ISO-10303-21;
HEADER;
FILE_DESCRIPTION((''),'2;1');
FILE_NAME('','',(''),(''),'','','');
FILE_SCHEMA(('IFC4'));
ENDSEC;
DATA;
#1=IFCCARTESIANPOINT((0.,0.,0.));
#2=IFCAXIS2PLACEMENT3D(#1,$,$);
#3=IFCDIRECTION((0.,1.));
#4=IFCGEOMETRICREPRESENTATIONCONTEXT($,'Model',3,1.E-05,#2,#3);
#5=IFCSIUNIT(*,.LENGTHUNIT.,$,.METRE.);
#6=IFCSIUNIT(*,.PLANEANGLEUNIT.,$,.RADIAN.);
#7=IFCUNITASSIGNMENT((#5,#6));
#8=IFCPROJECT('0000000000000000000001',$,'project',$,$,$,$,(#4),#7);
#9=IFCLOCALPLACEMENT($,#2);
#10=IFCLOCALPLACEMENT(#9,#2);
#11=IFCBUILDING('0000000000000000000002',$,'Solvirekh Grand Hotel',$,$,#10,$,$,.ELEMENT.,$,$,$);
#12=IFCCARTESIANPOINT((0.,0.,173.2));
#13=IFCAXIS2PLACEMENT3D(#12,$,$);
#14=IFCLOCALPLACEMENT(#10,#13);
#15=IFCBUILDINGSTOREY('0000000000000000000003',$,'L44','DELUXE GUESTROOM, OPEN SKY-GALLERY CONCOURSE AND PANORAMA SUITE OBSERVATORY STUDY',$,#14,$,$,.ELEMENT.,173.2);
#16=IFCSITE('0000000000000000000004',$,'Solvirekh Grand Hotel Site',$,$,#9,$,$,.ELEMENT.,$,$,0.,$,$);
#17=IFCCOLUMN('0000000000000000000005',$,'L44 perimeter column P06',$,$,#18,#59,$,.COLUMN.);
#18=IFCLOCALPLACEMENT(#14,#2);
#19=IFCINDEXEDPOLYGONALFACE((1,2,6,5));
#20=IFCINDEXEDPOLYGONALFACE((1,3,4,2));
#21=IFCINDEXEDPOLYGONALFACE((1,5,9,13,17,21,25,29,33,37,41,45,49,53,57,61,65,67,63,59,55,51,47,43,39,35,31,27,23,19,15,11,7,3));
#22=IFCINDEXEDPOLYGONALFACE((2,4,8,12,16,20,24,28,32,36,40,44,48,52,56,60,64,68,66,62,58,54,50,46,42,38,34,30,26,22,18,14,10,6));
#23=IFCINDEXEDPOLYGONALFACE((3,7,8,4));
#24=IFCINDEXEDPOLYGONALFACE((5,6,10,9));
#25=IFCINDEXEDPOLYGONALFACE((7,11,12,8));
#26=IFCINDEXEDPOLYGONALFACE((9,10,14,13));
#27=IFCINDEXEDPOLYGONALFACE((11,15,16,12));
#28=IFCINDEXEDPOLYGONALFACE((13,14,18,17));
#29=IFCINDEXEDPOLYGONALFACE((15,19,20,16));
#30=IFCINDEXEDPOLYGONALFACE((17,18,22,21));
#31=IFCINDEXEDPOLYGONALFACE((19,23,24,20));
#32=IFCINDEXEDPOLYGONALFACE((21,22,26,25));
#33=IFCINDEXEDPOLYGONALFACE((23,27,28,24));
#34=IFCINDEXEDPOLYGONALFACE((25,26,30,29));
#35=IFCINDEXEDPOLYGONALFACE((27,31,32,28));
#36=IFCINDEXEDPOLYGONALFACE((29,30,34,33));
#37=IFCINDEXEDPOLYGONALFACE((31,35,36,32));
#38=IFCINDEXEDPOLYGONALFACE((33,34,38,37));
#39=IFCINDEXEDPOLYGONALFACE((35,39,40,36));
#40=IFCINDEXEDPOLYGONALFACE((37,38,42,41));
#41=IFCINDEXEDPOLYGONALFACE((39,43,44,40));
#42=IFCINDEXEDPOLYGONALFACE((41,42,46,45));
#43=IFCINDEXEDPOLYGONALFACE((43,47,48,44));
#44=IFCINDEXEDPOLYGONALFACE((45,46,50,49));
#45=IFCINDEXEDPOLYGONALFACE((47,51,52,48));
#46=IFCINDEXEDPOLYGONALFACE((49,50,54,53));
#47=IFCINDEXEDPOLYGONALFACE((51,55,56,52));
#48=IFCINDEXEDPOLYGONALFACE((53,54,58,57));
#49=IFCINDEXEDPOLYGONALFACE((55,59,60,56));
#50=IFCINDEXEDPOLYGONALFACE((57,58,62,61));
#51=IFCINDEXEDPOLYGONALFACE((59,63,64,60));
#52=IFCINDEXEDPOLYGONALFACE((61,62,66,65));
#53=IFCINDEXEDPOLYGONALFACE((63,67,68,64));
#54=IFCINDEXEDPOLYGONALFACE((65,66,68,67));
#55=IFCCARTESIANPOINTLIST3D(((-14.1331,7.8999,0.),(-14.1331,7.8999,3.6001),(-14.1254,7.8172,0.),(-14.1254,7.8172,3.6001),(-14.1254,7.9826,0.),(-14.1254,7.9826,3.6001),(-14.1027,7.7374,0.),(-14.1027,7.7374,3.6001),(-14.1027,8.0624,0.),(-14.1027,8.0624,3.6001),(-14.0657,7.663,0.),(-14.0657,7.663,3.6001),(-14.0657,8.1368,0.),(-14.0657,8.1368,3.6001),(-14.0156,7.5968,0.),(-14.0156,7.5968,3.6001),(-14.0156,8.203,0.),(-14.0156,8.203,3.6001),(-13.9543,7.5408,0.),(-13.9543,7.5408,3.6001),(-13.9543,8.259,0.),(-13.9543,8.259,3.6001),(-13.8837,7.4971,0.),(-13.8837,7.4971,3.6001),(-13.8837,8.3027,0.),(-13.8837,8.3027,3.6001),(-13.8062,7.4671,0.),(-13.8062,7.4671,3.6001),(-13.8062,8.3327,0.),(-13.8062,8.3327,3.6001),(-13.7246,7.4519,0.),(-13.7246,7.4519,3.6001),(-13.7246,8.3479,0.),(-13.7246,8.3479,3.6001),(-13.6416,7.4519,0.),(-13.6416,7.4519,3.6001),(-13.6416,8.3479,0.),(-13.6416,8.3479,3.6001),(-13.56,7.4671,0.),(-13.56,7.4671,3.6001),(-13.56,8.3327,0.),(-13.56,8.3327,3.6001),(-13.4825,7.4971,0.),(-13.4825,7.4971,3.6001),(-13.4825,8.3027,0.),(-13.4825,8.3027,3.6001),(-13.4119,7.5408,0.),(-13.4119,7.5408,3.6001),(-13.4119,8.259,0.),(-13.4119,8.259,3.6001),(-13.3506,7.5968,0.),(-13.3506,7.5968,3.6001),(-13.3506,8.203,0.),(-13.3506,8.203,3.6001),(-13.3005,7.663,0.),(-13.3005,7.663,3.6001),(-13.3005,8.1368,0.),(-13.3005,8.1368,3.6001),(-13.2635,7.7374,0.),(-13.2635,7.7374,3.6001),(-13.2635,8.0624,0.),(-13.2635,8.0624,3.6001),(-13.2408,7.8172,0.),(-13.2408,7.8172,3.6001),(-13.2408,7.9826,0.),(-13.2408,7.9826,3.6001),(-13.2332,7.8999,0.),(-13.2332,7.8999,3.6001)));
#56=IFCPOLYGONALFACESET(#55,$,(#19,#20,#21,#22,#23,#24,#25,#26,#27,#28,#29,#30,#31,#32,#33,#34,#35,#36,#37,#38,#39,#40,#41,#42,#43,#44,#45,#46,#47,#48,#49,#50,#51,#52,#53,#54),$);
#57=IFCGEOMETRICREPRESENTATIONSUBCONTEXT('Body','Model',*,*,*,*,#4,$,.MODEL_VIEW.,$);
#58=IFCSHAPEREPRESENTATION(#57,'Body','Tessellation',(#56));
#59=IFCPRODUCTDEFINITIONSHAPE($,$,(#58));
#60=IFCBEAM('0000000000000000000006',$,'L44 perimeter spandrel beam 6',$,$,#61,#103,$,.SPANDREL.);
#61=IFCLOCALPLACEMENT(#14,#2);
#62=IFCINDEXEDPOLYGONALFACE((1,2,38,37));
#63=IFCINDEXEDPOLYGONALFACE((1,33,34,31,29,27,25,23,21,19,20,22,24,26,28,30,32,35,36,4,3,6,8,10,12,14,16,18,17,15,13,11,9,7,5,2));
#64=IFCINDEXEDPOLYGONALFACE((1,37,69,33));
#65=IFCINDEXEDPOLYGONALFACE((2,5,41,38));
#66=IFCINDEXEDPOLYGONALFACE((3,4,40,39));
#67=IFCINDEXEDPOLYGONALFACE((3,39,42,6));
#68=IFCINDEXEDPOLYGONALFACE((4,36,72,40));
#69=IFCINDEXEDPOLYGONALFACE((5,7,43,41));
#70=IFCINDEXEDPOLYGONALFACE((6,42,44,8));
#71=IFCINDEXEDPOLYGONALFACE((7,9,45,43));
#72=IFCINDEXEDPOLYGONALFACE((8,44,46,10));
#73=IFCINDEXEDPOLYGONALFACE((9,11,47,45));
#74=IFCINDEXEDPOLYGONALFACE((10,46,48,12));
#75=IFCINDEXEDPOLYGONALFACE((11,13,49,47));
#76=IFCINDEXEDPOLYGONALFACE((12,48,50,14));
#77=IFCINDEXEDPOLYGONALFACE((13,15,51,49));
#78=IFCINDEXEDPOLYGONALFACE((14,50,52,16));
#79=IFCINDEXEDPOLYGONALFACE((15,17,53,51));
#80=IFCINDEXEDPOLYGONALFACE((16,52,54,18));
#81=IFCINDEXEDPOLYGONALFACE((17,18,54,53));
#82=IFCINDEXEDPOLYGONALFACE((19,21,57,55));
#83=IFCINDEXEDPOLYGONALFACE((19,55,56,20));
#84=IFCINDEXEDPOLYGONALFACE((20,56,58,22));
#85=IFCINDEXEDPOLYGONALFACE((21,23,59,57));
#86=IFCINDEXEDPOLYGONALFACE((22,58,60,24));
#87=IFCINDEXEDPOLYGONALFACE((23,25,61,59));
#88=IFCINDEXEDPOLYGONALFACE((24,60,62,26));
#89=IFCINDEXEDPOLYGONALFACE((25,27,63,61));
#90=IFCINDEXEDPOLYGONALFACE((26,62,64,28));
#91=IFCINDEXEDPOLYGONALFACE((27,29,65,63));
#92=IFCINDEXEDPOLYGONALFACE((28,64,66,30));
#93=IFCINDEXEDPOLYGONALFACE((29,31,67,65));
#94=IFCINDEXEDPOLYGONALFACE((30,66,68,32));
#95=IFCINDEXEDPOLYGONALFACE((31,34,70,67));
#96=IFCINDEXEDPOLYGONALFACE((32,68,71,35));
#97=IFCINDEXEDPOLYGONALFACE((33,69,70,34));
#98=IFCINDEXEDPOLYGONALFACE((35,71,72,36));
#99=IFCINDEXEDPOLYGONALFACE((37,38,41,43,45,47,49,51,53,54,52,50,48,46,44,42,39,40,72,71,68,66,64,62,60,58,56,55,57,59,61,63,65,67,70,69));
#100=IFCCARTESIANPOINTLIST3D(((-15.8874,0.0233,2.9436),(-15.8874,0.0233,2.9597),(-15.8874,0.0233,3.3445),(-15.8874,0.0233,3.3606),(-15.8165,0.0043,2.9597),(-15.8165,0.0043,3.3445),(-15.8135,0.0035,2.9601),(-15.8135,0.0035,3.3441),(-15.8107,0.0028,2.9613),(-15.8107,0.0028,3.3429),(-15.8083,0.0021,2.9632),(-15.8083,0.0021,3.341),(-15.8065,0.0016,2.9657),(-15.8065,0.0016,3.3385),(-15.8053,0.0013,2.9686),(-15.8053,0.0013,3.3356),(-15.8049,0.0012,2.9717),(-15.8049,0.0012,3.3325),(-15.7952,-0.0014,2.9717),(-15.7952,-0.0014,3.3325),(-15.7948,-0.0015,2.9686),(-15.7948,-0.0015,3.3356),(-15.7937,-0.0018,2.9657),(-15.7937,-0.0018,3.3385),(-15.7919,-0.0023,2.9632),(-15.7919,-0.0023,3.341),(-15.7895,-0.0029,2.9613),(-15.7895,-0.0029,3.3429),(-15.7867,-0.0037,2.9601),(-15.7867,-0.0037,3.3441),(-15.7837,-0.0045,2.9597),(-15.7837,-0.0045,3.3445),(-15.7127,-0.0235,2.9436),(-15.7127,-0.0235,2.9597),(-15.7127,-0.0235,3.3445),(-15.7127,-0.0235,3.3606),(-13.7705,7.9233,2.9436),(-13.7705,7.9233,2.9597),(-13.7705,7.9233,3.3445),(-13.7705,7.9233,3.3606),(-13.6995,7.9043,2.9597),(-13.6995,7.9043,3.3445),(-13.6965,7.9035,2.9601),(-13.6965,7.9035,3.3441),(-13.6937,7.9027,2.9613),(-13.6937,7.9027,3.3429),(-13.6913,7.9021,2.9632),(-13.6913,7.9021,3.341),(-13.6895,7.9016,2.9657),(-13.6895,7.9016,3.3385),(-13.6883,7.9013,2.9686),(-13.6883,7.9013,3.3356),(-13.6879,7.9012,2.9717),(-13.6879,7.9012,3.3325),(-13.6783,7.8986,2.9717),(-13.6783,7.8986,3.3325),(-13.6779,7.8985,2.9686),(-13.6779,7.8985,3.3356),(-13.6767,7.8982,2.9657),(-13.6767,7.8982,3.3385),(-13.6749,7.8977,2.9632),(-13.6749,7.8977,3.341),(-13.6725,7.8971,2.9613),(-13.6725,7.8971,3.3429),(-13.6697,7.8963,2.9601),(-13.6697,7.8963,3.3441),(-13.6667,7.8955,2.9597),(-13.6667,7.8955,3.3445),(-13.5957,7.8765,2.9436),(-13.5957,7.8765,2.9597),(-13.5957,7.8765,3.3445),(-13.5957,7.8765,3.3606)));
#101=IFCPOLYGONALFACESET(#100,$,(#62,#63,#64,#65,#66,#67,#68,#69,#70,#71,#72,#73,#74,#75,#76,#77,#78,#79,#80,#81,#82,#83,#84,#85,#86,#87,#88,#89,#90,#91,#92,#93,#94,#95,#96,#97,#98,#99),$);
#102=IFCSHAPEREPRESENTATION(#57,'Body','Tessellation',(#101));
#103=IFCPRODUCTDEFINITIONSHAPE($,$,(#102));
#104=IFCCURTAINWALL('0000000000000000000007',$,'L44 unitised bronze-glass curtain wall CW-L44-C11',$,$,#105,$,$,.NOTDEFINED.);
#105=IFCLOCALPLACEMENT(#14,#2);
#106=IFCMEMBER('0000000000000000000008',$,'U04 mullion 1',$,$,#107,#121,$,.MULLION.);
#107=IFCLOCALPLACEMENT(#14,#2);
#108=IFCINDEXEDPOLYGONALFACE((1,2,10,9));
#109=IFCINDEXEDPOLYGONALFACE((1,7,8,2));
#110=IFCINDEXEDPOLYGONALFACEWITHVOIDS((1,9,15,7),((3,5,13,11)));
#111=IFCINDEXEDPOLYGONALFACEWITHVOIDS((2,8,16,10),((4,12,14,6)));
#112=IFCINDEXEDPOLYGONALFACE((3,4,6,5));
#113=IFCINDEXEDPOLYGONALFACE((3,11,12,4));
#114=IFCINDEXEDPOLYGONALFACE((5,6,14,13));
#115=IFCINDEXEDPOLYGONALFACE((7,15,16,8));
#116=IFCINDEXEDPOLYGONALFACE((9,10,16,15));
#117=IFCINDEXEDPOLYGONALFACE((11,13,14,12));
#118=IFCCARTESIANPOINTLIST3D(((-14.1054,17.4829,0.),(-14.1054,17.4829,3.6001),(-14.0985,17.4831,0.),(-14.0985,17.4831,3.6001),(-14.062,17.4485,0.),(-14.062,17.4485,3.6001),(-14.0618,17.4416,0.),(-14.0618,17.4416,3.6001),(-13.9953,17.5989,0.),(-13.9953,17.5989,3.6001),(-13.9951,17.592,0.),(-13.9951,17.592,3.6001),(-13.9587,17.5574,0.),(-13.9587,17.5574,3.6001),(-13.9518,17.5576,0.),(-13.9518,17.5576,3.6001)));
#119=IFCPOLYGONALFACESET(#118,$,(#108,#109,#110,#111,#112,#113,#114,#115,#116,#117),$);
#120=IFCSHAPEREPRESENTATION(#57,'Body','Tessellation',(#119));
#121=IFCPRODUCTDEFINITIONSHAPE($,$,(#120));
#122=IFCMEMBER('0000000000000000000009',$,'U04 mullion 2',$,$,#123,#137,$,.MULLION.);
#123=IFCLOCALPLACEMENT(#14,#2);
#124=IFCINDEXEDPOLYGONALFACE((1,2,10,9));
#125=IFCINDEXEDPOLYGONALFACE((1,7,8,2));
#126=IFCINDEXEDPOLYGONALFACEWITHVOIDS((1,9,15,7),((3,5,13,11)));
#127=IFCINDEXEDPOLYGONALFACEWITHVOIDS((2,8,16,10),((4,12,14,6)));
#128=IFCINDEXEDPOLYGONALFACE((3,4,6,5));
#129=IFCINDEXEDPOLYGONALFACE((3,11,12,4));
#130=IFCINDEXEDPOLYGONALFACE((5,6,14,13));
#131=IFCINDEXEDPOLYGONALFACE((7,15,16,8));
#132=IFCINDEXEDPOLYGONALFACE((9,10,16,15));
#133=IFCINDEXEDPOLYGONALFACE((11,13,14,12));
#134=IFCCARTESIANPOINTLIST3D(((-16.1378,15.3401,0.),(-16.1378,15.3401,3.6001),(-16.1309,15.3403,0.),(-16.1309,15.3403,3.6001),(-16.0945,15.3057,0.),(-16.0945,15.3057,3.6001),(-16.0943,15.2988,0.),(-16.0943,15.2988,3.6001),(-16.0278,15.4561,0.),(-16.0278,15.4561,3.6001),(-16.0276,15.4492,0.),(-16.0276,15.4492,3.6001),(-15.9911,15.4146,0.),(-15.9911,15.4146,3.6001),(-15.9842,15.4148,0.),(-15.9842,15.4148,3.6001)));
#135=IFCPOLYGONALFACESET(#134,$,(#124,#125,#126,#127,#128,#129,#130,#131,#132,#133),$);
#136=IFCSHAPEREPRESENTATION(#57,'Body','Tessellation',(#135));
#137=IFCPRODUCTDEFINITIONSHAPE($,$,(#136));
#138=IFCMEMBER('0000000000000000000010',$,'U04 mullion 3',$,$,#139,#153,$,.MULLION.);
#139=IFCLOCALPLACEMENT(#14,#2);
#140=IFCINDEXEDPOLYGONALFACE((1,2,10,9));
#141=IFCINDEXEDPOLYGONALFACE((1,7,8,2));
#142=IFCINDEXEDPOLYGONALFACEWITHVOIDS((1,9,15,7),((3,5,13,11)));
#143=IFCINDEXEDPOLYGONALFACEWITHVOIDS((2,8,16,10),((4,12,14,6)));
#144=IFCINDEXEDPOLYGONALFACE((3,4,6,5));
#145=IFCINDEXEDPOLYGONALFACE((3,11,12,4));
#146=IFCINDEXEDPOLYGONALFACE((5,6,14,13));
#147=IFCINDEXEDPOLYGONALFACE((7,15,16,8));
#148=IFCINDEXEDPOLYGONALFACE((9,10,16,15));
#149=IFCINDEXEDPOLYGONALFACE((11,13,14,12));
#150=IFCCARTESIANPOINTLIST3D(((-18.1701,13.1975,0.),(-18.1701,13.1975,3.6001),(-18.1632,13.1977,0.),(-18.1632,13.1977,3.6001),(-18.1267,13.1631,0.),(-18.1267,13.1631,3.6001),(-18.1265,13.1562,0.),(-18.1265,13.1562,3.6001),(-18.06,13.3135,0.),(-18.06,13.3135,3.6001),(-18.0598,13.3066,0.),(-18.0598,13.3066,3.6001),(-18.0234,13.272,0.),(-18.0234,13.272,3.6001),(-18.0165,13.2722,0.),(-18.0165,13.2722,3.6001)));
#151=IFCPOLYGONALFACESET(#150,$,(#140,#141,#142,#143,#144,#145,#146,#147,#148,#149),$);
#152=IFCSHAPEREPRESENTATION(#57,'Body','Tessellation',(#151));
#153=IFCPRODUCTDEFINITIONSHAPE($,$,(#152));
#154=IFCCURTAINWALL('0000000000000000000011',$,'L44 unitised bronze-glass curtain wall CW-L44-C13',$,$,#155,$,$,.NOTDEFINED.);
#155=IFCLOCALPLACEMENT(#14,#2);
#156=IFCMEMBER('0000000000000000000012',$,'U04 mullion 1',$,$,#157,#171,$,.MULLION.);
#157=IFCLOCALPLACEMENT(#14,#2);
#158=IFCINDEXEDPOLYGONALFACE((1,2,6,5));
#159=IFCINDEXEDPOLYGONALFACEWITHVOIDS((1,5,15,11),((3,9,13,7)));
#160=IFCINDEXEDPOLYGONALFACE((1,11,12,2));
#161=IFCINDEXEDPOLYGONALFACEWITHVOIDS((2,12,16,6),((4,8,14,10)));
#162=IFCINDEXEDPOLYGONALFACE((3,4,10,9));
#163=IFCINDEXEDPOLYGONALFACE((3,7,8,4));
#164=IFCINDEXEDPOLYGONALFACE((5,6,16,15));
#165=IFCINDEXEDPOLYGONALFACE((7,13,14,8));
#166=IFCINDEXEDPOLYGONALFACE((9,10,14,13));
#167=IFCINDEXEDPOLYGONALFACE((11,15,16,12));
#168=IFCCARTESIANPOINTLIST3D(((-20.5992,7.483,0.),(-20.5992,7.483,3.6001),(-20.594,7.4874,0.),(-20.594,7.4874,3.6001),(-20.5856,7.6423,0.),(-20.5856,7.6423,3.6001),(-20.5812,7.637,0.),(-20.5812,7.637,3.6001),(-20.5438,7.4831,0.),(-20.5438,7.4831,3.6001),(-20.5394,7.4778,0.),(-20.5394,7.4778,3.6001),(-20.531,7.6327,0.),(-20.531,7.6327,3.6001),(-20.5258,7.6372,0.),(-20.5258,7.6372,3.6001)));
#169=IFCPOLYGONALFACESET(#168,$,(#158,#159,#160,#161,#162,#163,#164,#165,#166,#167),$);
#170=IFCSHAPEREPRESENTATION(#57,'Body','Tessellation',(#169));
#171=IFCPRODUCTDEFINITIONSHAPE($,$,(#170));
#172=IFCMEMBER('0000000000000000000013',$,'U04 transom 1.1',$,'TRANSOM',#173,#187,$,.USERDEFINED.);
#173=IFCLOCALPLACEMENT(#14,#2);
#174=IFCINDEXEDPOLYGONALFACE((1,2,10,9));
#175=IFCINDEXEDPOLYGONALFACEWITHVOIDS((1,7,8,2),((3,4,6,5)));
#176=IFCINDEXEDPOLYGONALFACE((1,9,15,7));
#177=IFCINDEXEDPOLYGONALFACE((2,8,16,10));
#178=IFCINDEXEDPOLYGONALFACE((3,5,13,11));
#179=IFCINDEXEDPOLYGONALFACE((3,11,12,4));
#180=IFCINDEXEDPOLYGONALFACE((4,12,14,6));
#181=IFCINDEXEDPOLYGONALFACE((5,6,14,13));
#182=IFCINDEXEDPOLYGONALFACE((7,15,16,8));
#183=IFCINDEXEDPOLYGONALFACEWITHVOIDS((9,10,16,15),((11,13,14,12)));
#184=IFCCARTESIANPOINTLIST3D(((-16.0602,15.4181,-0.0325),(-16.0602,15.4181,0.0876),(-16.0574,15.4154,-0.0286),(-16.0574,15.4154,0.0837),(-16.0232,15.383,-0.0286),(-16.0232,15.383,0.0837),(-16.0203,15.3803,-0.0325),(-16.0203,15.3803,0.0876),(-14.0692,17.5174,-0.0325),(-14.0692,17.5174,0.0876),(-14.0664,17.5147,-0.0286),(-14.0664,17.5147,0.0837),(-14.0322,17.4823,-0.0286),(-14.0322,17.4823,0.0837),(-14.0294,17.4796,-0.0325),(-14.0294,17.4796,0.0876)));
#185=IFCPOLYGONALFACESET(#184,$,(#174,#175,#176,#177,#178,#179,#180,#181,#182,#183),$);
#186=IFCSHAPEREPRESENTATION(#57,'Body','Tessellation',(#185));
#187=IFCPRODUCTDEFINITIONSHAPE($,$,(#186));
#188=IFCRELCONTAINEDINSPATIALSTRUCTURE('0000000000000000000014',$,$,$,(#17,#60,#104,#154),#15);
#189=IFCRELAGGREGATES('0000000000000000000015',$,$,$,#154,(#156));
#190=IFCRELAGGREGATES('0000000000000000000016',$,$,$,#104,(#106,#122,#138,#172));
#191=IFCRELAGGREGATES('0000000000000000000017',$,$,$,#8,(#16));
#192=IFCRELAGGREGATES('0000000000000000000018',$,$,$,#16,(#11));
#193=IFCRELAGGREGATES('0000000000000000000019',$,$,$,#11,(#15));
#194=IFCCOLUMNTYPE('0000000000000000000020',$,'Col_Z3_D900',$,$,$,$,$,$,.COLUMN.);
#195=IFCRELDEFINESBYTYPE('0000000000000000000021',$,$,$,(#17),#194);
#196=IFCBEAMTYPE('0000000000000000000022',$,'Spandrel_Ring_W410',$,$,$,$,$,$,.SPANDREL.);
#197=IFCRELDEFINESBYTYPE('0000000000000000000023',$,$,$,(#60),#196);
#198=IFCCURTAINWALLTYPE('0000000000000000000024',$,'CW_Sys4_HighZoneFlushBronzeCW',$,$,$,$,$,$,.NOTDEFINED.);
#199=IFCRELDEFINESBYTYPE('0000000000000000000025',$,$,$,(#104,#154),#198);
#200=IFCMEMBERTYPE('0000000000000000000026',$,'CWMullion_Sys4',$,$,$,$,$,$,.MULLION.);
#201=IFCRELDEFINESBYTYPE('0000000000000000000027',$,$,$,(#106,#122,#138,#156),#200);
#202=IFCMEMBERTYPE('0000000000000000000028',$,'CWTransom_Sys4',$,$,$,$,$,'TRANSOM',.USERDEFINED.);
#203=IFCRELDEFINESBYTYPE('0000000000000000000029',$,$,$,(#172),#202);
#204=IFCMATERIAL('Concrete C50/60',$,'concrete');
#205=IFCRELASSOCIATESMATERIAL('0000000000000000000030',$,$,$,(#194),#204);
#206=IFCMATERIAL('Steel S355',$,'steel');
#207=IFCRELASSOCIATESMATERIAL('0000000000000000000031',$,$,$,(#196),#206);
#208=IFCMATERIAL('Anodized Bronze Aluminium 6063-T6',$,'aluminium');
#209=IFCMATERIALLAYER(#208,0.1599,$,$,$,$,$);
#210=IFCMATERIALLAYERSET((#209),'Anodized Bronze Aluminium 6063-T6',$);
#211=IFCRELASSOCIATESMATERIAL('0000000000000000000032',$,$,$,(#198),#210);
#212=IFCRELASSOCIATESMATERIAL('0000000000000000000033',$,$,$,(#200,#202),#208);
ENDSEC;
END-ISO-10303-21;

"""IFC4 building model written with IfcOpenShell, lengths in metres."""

from ifc_helpers import new_model, si_unit, direction, frame, origin, origin_2d, place, context, subcontext, project, spatial, hollow_rectangle, circle, i_section, extrude, source, transform, mapped, material, layer, layer_set, material_profile, profile_set, type_object, element, aggregate, save


model = new_model("IFC4")

# Units and contexts
model_context = context("Model", 3, precision=1e-05, world=origin(), true_north=direction((0.0, 1.0)))
body_context = subcontext(model_context, "Body", "Model", "MODEL_VIEW")
ifc_project = project(units=[si_unit("LENGTHUNIT", "METRE"), si_unit("PLANEANGLEUNIT", "RADIAN")], contexts=[model_context])

# Site, building, storey
site_placement = place(None, origin())
site = spatial("IfcSite", under=ifc_project, at=site_placement, Name="Solvirekh Grand Hotel Site", CompositionType="ELEMENT", RefElevation=0.0)
building_placement = place(site_placement, origin())
building = spatial("IfcBuilding", under=site, at=building_placement, Name="Solvirekh Grand Hotel", CompositionType="ELEMENT")
storey_placement = place(building_placement, frame((0.0, 0.0, 173.2)))
storey = spatial("IfcBuildingStorey", under=building, at=storey_placement, Name="L44", Description="DELUXE GUESTROOM, OPEN SKY-GALLERY CONCOURSE AND PANORAMA SUITE OBSERVATORY STUDY", CompositionType="ELEMENT", Elevation=173.2)

# Column
ifc_material_1 = material(Name="Concrete C50/60", Category="concrete")
ifc_material_profile_1 = material_profile(ifc_material_1, circle(Radius=0.45, at=origin_2d()), Name="RC CIRC D900")
ifc_profile_set_1 = profile_set([ifc_material_profile_1], Name="Concrete C50/60")
column_type = type_object("IfcColumnType", Name="Col_Z3_D900", PredefinedType="COLUMN", material=ifc_profile_set_1)
column_placement = place(storey_placement, frame((-13.6831, 7.8999, 0.0), z_axis=(0.0, 0.0, 1.0), x_axis=(1.0, 0.0, 0.0)))
element("IfcColumn", 1, at=column_placement, inside=storey, type_object=column_type, Name="L44 perimeter column P06", PredefinedType="COLUMN", context=body_context, shape_type="SweptSolid", body=[
    extrude(circle(Radius=0.45, at=origin_2d()), origin(), (0.0, 0.0, 1.0), 3.6001),
])

# Beam
ifc_material_2 = material(Name="Steel S355", Category="steel")
ifc_material_profile_2 = material_profile(ifc_material_2, i_section(OverallWidth=0.1809, OverallDepth=0.417, WebThickness=0.01, FlangeThickness=0.0161, FilletRadius=0.012, at=origin_2d()), Name="W410X85")
ifc_profile_set_2 = profile_set([ifc_material_profile_2], Name="Steel S355")
beam_type = type_object("IfcBeamType", Name="Spandrel_Ring_W410", PredefinedType="SPANDREL", material=ifc_profile_set_2)
beam_placement = place(storey_placement, frame((-13.6831, 7.8999, 3.1521), z_axis=(-0.258839, -0.965921, 0.0), x_axis=(0.965921, -0.258839, 0.0)))
element("IfcBeam", 2, at=beam_placement, inside=storey, type_object=beam_type, Name="L44 perimeter spandrel beam 6", PredefinedType="SPANDREL", context=body_context, shape_type="SweptSolid", body=[
    extrude(i_section(OverallWidth=0.1809, OverallDepth=0.417, WebThickness=0.01, FlangeThickness=0.0161, FilletRadius=0.012, at=origin_2d()), origin(), (0.0, 0.0, 1.0), 8.1787),
])

# Curtain wall, members
ifc_material_3 = material(Name="Anodized Bronze Aluminium 6063-T6", Category="aluminium")
ifc_layer_1 = layer(ifc_material_3, 0.1599)
ifc_layer_set_1 = layer_set([ifc_layer_1], Name="Anodized Bronze Aluminium 6063-T6")
curtain_wall_type = type_object("IfcCurtainWallType", Name="CW_Sys4_HighZoneFlushBronzeCW", PredefinedType="NOTDEFINED", material=ifc_layer_set_1)
curtain_wall_1_placement = place(storey_placement, origin())
curtain_wall_1 = element("IfcCurtainWall", 3, at=curtain_wall_1_placement, inside=storey, type_object=curtain_wall_type, Name="L44 unitised bronze-glass curtain wall CW-L44-C11", PredefinedType="NOTDEFINED")
ifc_material_profile_3 = material_profile(ifc_material_3, hollow_rectangle(XDim=0.0601, YDim=0.1599, WallThickness=0.0049, at=origin_2d()), Name="ALU RHS 160X60X5")
ifc_profile_set_3 = profile_set([ifc_material_profile_3], Name="Anodized Bronze Aluminium 6063-T6")
member_type_1 = type_object("IfcMemberType", Name="CWMullion_Sys4", PredefinedType="MULLION", material=ifc_profile_set_3)
shared_shape_1 = source(origin(), body_context, "Body", "SweptSolid", [
    extrude(hollow_rectangle(XDim=0.0601, YDim=0.1599, WallThickness=0.0049, at=origin_2d()), origin(), (0.0, 0.0, 1.0), 3.6001),
])
member_1_placement = place(storey_placement, frame((-14.0286, 17.5203, 0.0), z_axis=(0.0, 0.0, 1.0), x_axis=(0.725547, -0.688172, 0.0)))
member_1 = element("IfcMember", 4, at=member_1_placement, type_object=member_type_1, Name="U04 mullion 1", PredefinedType="MULLION", context=body_context, shape_type="MappedRepresentation", body=[
    mapped(shared_shape_1, transform((0.0, 0.0, 0.0), x_axis=(1.0, 0.0, 0.0), y_axis=(0.0, 1.0, 0.0), z_axis=(0.0, 0.0, 1.0), scale=1.0)),
])
member_2_placement = place(storey_placement, frame((-16.061, 15.3774, 0.0), z_axis=(0.0, 0.0, 1.0), x_axis=(0.725547, -0.688172, 0.0)))
member_2 = element("IfcMember", 5, at=member_2_placement, type_object=member_type_1, Name="U04 mullion 2", PredefinedType="MULLION", context=body_context, shape_type="MappedRepresentation", body=[
    mapped(shared_shape_1, transform((0.0, 0.0, 0.0), x_axis=(1.0, 0.0, 0.0), y_axis=(0.0, 1.0, 0.0), z_axis=(0.0, 0.0, 1.0), scale=1.0)),
])
member_3_placement = place(storey_placement, frame((-18.0933, 13.2349, 0.0), z_axis=(0.0, 0.0, 1.0), x_axis=(0.725547, -0.688172, 0.0)))
member_3 = element("IfcMember", 6, at=member_3_placement, type_object=member_type_1, Name="U04 mullion 3", PredefinedType="MULLION", context=body_context, shape_type="MappedRepresentation", body=[
    mapped(shared_shape_1, transform((0.0, 0.0, 0.0), x_axis=(1.0, 0.0, 0.0), y_axis=(0.0, 1.0, 0.0), z_axis=(0.0, 0.0, 1.0), scale=1.0)),
])

# Curtain wall, member
curtain_wall_2_placement = place(storey_placement, origin())
curtain_wall_2 = element("IfcCurtainWall", 7, at=curtain_wall_2_placement, inside=storey, type_object=curtain_wall_type, Name="L44 unitised bronze-glass curtain wall CW-L44-C13", PredefinedType="NOTDEFINED")
member_4_placement = place(storey_placement, frame((-20.5625, 7.5601, 0.0), z_axis=(0.0, 0.0, 1.0), x_axis=(0.996355, -0.085299, 0.0)))
member_4 = element("IfcMember", 8, at=member_4_placement, type_object=member_type_1, Name="U04 mullion 1", PredefinedType="MULLION", context=body_context, shape_type="MappedRepresentation", body=[
    mapped(shared_shape_1, transform((0.0, 0.0, 0.0), x_axis=(1.0, 0.0, 0.0), y_axis=(0.0, 1.0, 0.0), z_axis=(0.0, 0.0, 1.0), scale=1.0)),
])
aggregate(curtain_wall_2, [member_4])

# Member
ifc_material_profile_4 = material_profile(ifc_material_3, hollow_rectangle(XDim=0.0549, YDim=0.1201, WallThickness=0.0039, at=origin_2d()), Name="ALU RHS 120X55X4")
ifc_profile_set_4 = profile_set([ifc_material_profile_4], Name="Anodized Bronze Aluminium 6063-T6")
member_type_2 = type_object("IfcMemberType", Name="CWTransom_Sys4", ElementType="TRANSOM", PredefinedType="USERDEFINED", material=ifc_profile_set_4)
shared_shape_2 = source(origin(), body_context, "Body", "SweptSolid", [
    extrude(hollow_rectangle(XDim=0.0549, YDim=0.1201, WallThickness=0.0039, at=origin_2d()), origin(), (0.0, 0.0, 1.0), 2.8933),
])
member_5_placement = place(storey_placement, frame((-14.0493, 17.4985, 0.0276), z_axis=(-0.688126, -0.725591, 0.0), x_axis=(0.725591, -0.688126, 0.0)))
member_5 = element("IfcMember", 9, at=member_5_placement, type_object=member_type_2, Name="U04 transom 1.1", ObjectType="TRANSOM", PredefinedType="USERDEFINED", context=body_context, shape_type="MappedRepresentation", body=[
    mapped(shared_shape_2, transform((0.0, 0.0, 0.0), x_axis=(1.0, 0.0, 0.0), y_axis=(0.0, 1.0, 0.0), z_axis=(0.0, 0.0, 1.0), scale=1.0)),
])

aggregate(curtain_wall_1, [member_1, member_2, member_3, member_5])

save(model, "model.ifc")
